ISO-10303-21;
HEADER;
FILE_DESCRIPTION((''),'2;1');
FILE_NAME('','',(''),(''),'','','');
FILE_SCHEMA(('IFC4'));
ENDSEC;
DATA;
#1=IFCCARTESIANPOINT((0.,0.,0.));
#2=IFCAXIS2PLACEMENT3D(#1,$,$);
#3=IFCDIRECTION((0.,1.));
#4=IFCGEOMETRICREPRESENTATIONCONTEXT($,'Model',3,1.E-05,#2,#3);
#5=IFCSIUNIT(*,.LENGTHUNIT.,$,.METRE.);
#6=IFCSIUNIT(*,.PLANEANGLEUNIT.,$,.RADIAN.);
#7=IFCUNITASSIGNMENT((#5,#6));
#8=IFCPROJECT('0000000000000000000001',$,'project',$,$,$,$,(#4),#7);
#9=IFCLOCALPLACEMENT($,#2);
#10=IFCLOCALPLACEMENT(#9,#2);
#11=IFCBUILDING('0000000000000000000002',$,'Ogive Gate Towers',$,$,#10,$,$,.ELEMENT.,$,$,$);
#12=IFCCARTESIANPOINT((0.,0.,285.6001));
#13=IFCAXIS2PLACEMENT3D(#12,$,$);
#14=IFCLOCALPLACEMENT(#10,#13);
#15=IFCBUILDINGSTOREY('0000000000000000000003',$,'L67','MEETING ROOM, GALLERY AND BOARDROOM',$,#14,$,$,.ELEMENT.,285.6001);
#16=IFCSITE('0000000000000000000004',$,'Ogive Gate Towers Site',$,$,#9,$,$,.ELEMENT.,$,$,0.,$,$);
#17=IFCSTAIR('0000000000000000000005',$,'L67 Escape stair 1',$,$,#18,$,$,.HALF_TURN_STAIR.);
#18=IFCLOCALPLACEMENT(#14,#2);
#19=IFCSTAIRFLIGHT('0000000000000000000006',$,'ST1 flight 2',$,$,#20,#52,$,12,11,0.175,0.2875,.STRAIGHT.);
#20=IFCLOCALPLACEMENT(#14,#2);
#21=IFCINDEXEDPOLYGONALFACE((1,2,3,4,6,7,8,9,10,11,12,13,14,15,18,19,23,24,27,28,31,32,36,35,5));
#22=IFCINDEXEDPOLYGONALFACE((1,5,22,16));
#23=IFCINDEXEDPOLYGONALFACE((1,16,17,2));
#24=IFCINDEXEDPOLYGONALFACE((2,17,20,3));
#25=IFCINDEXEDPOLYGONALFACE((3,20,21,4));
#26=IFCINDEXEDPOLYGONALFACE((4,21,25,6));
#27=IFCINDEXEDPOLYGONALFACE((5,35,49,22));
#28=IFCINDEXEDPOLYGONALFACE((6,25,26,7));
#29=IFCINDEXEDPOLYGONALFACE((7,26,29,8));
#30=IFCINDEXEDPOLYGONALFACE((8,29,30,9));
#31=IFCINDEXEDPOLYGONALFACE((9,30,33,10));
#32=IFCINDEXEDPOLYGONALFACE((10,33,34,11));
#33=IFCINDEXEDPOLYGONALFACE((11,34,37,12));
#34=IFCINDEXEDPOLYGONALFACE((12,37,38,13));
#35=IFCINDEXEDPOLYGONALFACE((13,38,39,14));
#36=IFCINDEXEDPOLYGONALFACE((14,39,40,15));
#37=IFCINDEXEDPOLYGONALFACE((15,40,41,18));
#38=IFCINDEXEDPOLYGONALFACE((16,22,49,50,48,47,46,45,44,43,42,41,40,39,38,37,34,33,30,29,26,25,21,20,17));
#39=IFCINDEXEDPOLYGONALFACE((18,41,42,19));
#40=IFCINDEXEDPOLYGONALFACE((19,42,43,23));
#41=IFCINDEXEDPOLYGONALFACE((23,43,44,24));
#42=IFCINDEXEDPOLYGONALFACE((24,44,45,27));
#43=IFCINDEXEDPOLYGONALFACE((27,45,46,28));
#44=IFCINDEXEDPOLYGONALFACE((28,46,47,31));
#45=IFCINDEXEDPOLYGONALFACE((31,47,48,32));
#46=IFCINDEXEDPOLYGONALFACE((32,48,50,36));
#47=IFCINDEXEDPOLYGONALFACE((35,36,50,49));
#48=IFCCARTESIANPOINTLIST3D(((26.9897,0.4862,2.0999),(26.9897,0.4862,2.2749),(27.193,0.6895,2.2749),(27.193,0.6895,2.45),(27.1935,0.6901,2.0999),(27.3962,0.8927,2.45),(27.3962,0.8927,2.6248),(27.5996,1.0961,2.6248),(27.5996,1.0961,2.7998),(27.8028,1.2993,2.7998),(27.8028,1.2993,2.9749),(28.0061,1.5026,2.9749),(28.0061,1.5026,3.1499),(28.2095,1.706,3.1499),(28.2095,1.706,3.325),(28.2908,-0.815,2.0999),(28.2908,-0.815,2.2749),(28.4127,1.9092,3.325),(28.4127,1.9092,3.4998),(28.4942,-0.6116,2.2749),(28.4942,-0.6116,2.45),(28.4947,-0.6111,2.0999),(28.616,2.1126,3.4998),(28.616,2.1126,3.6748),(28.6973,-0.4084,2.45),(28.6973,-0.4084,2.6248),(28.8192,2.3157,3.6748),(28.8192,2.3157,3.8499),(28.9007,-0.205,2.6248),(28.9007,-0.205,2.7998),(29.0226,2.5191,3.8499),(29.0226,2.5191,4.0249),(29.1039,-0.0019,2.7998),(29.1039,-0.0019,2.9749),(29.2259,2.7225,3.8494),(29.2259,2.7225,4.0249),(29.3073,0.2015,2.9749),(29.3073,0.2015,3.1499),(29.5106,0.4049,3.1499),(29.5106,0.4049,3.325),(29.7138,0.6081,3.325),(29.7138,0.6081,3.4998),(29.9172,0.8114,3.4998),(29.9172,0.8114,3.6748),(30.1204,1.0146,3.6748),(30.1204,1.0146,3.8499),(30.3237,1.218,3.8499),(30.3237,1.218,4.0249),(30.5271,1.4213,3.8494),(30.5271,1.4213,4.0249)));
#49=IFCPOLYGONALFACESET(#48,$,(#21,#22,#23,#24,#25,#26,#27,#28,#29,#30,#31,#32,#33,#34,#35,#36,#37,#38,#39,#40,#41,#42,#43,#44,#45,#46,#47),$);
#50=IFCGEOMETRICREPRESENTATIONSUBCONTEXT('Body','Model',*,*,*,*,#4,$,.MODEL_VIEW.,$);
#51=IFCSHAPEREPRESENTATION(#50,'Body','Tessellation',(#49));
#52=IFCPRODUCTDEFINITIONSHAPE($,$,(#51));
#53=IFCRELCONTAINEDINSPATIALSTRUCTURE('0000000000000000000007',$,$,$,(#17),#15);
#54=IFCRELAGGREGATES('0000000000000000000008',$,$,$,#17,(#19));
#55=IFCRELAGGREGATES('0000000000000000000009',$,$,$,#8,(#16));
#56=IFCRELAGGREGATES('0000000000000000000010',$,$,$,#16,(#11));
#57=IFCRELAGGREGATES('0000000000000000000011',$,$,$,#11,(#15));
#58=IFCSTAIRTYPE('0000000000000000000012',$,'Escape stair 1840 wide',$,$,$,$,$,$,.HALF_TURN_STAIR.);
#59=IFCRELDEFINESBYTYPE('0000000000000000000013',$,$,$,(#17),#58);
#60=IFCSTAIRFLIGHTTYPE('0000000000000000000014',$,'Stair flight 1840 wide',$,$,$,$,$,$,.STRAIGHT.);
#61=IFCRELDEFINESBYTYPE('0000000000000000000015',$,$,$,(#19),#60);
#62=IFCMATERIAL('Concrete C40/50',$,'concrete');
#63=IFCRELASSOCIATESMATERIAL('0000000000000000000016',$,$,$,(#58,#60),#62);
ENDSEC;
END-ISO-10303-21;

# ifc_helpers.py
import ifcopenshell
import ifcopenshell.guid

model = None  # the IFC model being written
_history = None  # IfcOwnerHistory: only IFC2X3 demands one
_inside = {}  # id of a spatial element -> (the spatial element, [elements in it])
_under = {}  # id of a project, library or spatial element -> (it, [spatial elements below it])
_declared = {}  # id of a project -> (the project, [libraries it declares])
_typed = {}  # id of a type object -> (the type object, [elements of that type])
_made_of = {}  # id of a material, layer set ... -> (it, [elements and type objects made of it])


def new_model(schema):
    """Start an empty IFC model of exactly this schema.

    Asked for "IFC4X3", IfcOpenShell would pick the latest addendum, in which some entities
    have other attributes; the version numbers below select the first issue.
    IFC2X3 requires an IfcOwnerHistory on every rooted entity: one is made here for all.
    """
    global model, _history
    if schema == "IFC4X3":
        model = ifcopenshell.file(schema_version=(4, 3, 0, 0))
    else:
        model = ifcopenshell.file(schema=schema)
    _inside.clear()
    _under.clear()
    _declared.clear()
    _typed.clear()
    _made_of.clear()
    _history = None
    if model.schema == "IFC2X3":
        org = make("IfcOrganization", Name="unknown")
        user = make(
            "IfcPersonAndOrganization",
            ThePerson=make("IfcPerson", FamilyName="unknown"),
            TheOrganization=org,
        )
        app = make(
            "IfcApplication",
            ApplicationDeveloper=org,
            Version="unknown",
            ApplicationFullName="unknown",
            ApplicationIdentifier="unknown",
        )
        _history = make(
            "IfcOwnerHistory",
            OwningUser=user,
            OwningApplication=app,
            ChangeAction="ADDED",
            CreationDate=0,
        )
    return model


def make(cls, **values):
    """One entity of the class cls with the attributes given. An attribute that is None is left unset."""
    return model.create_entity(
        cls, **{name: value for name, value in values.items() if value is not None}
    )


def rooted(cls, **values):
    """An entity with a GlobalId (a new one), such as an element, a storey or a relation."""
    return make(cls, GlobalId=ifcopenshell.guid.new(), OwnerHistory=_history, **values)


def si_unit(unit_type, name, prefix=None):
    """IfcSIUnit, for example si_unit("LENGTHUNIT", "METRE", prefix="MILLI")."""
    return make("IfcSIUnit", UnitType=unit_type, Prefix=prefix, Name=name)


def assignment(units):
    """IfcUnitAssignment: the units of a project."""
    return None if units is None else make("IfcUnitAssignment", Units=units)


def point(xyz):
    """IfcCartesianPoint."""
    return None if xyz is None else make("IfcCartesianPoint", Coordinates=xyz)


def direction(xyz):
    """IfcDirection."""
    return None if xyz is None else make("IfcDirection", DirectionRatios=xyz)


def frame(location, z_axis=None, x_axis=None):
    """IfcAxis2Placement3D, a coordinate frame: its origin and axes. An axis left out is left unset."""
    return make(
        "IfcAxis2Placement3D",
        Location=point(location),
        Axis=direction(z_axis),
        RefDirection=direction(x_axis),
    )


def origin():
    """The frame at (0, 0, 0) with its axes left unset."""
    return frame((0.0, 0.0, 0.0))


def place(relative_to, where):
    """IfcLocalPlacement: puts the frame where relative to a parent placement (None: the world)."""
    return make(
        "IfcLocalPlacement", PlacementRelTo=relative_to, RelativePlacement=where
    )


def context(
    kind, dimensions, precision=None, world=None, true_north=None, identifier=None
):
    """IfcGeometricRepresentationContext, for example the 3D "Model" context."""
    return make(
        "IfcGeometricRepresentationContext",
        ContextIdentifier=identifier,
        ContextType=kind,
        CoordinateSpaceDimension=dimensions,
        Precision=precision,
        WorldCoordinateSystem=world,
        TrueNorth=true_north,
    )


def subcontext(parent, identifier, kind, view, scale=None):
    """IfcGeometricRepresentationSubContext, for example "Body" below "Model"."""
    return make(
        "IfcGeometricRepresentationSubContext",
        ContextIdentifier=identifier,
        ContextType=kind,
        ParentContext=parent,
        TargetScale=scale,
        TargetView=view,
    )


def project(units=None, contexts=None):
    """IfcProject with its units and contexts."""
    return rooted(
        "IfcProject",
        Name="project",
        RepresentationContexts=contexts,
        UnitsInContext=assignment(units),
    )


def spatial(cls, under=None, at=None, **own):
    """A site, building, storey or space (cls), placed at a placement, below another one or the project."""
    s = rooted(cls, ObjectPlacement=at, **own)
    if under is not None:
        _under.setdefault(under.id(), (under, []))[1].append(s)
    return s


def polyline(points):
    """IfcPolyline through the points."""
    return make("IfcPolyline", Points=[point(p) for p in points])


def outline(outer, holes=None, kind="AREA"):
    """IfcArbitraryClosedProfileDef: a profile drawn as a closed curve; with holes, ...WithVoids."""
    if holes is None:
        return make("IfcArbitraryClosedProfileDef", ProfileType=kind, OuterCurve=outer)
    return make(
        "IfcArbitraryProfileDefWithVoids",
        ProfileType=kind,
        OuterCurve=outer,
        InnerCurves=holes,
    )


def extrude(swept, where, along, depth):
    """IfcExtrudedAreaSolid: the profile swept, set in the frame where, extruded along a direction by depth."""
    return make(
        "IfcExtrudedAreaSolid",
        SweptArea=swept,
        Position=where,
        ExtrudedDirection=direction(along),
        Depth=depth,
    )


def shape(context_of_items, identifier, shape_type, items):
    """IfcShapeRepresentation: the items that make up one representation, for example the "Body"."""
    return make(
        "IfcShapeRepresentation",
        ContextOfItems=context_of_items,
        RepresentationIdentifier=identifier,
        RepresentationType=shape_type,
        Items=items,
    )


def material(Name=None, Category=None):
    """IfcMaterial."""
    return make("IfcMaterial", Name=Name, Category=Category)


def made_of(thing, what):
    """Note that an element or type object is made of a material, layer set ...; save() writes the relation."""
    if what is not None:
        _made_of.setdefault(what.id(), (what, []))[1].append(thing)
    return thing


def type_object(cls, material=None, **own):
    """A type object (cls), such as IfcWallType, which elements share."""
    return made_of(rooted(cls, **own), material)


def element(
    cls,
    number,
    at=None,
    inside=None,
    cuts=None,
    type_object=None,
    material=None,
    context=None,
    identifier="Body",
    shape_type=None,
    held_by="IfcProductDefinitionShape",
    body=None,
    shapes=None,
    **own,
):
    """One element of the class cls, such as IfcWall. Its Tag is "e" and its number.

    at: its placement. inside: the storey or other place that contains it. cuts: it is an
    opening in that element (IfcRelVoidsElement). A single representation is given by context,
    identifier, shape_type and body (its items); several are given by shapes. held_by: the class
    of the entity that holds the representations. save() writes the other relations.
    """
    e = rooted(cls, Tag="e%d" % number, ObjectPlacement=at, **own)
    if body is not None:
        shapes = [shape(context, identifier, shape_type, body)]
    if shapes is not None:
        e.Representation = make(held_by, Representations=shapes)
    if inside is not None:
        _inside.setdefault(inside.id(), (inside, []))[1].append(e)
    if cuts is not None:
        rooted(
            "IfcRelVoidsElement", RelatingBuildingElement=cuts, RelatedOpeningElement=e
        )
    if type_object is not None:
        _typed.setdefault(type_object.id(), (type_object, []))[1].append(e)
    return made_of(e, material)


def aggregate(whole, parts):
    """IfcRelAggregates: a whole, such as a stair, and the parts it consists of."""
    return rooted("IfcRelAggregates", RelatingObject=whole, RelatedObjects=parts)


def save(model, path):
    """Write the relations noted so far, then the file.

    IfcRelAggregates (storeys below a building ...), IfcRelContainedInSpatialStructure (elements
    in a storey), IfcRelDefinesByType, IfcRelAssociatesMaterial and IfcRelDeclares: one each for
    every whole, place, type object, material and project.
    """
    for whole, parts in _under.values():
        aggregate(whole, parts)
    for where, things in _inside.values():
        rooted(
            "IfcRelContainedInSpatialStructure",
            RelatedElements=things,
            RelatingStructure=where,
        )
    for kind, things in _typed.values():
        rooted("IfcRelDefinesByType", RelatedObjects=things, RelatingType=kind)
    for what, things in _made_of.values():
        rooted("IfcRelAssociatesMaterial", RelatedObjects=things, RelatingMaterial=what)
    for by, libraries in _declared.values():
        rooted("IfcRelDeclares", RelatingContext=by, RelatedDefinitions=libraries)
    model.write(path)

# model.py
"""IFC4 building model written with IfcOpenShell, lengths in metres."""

from ifc_helpers import new_model, si_unit, direction, frame, origin, place, context, subcontext, project, spatial, polyline, outline, extrude, material, type_object, element, aggregate, save


model = new_model("IFC4")

# Units and contexts
model_context = context("Model", 3, precision=1e-05, world=origin(), true_north=direction((0.0, 1.0)))
body_context = subcontext(model_context, "Body", "Model", "MODEL_VIEW")
ifc_project = project(units=[si_unit("LENGTHUNIT", "METRE"), si_unit("PLANEANGLEUNIT", "RADIAN")], contexts=[model_context])

# Site, building, storey
site_placement = place(None, origin())
site = spatial("IfcSite", under=ifc_project, at=site_placement, Name="Ogive Gate Towers Site", CompositionType="ELEMENT", RefElevation=0.0)
building_placement = place(site_placement, origin())
building = spatial("IfcBuilding", under=site, at=building_placement, Name="Ogive Gate Towers", CompositionType="ELEMENT")
storey_placement = place(building_placement, frame((0.0, 0.0, 285.6001)))
storey = spatial("IfcBuildingStorey", under=building, at=storey_placement, Name="L67", Description="MEETING ROOM, GALLERY AND BOARDROOM", CompositionType="ELEMENT", Elevation=285.6001)

# Stair, stair flight
ifc_material_1 = material(Name="Concrete C40/50", Category="concrete")
stair_type = type_object("IfcStairType", Name="Escape stair 1840 wide", PredefinedType="HALF_TURN_STAIR", material=ifc_material_1)
stair_placement = place(storey_placement, origin())
stair = element("IfcStair", 1, at=stair_placement, inside=storey, type_object=stair_type, Name="L67 Escape stair 1", PredefinedType="HALF_TURN_STAIR")
stair_flight_type = type_object("IfcStairFlightType", Name="Stair flight 1840 wide", PredefinedType="STRAIGHT", material=ifc_material_1)
stair_flight_placement = place(storey_placement, frame((27.6401, -0.1643, 2.0999), z_axis=(0.0, 0.0, 1.0), x_axis=(0.707107, 0.707107, 0.0)))
stair_flight = element("IfcStairFlight", 2, at=stair_flight_placement, type_object=stair_flight_type, Name="ST1 flight 2", NumberOfRisers=12, NumberOfTreads=11, PredefinedType="STRAIGHT", RiserHeight=0.175, TreadLength=0.2875, context=body_context, shape_type="SweptSolid", body=[
    extrude(outline(polyline([(0.0, 0.0), (0.0, 0.175), (0.2876, 0.175), (0.2876, 0.3501), (0.575, 0.3501), (0.575, 0.5249), (0.8625, 0.5249), (0.8625, 0.7), (1.1499, 0.7), (1.1499, 0.875), (1.4375, 0.875), (1.4375, 1.05), (1.7251, 1.05), (1.7251, 1.2251), (2.0125, 1.2251), (2.0125, 1.3999), (2.3, 1.3999), (2.3, 1.575), (2.5874, 1.575), (2.5874, 1.75), (2.875, 1.75), (2.875, 1.925), (3.1626, 1.925), (3.1626, 2.1001), (3.1626, 1.7495), (0.2883, 0.0), (0.0, 0.0)])), frame((0.0, 0.9199, 0.0), z_axis=(0.0, -1.0, 0.0), x_axis=(1.0, 0.0, 0.0)), (0.0, 0.0, 1.0), 1.8401),
])
aggregate(stair, [stair_flight])

save(model, "model.ifc")
